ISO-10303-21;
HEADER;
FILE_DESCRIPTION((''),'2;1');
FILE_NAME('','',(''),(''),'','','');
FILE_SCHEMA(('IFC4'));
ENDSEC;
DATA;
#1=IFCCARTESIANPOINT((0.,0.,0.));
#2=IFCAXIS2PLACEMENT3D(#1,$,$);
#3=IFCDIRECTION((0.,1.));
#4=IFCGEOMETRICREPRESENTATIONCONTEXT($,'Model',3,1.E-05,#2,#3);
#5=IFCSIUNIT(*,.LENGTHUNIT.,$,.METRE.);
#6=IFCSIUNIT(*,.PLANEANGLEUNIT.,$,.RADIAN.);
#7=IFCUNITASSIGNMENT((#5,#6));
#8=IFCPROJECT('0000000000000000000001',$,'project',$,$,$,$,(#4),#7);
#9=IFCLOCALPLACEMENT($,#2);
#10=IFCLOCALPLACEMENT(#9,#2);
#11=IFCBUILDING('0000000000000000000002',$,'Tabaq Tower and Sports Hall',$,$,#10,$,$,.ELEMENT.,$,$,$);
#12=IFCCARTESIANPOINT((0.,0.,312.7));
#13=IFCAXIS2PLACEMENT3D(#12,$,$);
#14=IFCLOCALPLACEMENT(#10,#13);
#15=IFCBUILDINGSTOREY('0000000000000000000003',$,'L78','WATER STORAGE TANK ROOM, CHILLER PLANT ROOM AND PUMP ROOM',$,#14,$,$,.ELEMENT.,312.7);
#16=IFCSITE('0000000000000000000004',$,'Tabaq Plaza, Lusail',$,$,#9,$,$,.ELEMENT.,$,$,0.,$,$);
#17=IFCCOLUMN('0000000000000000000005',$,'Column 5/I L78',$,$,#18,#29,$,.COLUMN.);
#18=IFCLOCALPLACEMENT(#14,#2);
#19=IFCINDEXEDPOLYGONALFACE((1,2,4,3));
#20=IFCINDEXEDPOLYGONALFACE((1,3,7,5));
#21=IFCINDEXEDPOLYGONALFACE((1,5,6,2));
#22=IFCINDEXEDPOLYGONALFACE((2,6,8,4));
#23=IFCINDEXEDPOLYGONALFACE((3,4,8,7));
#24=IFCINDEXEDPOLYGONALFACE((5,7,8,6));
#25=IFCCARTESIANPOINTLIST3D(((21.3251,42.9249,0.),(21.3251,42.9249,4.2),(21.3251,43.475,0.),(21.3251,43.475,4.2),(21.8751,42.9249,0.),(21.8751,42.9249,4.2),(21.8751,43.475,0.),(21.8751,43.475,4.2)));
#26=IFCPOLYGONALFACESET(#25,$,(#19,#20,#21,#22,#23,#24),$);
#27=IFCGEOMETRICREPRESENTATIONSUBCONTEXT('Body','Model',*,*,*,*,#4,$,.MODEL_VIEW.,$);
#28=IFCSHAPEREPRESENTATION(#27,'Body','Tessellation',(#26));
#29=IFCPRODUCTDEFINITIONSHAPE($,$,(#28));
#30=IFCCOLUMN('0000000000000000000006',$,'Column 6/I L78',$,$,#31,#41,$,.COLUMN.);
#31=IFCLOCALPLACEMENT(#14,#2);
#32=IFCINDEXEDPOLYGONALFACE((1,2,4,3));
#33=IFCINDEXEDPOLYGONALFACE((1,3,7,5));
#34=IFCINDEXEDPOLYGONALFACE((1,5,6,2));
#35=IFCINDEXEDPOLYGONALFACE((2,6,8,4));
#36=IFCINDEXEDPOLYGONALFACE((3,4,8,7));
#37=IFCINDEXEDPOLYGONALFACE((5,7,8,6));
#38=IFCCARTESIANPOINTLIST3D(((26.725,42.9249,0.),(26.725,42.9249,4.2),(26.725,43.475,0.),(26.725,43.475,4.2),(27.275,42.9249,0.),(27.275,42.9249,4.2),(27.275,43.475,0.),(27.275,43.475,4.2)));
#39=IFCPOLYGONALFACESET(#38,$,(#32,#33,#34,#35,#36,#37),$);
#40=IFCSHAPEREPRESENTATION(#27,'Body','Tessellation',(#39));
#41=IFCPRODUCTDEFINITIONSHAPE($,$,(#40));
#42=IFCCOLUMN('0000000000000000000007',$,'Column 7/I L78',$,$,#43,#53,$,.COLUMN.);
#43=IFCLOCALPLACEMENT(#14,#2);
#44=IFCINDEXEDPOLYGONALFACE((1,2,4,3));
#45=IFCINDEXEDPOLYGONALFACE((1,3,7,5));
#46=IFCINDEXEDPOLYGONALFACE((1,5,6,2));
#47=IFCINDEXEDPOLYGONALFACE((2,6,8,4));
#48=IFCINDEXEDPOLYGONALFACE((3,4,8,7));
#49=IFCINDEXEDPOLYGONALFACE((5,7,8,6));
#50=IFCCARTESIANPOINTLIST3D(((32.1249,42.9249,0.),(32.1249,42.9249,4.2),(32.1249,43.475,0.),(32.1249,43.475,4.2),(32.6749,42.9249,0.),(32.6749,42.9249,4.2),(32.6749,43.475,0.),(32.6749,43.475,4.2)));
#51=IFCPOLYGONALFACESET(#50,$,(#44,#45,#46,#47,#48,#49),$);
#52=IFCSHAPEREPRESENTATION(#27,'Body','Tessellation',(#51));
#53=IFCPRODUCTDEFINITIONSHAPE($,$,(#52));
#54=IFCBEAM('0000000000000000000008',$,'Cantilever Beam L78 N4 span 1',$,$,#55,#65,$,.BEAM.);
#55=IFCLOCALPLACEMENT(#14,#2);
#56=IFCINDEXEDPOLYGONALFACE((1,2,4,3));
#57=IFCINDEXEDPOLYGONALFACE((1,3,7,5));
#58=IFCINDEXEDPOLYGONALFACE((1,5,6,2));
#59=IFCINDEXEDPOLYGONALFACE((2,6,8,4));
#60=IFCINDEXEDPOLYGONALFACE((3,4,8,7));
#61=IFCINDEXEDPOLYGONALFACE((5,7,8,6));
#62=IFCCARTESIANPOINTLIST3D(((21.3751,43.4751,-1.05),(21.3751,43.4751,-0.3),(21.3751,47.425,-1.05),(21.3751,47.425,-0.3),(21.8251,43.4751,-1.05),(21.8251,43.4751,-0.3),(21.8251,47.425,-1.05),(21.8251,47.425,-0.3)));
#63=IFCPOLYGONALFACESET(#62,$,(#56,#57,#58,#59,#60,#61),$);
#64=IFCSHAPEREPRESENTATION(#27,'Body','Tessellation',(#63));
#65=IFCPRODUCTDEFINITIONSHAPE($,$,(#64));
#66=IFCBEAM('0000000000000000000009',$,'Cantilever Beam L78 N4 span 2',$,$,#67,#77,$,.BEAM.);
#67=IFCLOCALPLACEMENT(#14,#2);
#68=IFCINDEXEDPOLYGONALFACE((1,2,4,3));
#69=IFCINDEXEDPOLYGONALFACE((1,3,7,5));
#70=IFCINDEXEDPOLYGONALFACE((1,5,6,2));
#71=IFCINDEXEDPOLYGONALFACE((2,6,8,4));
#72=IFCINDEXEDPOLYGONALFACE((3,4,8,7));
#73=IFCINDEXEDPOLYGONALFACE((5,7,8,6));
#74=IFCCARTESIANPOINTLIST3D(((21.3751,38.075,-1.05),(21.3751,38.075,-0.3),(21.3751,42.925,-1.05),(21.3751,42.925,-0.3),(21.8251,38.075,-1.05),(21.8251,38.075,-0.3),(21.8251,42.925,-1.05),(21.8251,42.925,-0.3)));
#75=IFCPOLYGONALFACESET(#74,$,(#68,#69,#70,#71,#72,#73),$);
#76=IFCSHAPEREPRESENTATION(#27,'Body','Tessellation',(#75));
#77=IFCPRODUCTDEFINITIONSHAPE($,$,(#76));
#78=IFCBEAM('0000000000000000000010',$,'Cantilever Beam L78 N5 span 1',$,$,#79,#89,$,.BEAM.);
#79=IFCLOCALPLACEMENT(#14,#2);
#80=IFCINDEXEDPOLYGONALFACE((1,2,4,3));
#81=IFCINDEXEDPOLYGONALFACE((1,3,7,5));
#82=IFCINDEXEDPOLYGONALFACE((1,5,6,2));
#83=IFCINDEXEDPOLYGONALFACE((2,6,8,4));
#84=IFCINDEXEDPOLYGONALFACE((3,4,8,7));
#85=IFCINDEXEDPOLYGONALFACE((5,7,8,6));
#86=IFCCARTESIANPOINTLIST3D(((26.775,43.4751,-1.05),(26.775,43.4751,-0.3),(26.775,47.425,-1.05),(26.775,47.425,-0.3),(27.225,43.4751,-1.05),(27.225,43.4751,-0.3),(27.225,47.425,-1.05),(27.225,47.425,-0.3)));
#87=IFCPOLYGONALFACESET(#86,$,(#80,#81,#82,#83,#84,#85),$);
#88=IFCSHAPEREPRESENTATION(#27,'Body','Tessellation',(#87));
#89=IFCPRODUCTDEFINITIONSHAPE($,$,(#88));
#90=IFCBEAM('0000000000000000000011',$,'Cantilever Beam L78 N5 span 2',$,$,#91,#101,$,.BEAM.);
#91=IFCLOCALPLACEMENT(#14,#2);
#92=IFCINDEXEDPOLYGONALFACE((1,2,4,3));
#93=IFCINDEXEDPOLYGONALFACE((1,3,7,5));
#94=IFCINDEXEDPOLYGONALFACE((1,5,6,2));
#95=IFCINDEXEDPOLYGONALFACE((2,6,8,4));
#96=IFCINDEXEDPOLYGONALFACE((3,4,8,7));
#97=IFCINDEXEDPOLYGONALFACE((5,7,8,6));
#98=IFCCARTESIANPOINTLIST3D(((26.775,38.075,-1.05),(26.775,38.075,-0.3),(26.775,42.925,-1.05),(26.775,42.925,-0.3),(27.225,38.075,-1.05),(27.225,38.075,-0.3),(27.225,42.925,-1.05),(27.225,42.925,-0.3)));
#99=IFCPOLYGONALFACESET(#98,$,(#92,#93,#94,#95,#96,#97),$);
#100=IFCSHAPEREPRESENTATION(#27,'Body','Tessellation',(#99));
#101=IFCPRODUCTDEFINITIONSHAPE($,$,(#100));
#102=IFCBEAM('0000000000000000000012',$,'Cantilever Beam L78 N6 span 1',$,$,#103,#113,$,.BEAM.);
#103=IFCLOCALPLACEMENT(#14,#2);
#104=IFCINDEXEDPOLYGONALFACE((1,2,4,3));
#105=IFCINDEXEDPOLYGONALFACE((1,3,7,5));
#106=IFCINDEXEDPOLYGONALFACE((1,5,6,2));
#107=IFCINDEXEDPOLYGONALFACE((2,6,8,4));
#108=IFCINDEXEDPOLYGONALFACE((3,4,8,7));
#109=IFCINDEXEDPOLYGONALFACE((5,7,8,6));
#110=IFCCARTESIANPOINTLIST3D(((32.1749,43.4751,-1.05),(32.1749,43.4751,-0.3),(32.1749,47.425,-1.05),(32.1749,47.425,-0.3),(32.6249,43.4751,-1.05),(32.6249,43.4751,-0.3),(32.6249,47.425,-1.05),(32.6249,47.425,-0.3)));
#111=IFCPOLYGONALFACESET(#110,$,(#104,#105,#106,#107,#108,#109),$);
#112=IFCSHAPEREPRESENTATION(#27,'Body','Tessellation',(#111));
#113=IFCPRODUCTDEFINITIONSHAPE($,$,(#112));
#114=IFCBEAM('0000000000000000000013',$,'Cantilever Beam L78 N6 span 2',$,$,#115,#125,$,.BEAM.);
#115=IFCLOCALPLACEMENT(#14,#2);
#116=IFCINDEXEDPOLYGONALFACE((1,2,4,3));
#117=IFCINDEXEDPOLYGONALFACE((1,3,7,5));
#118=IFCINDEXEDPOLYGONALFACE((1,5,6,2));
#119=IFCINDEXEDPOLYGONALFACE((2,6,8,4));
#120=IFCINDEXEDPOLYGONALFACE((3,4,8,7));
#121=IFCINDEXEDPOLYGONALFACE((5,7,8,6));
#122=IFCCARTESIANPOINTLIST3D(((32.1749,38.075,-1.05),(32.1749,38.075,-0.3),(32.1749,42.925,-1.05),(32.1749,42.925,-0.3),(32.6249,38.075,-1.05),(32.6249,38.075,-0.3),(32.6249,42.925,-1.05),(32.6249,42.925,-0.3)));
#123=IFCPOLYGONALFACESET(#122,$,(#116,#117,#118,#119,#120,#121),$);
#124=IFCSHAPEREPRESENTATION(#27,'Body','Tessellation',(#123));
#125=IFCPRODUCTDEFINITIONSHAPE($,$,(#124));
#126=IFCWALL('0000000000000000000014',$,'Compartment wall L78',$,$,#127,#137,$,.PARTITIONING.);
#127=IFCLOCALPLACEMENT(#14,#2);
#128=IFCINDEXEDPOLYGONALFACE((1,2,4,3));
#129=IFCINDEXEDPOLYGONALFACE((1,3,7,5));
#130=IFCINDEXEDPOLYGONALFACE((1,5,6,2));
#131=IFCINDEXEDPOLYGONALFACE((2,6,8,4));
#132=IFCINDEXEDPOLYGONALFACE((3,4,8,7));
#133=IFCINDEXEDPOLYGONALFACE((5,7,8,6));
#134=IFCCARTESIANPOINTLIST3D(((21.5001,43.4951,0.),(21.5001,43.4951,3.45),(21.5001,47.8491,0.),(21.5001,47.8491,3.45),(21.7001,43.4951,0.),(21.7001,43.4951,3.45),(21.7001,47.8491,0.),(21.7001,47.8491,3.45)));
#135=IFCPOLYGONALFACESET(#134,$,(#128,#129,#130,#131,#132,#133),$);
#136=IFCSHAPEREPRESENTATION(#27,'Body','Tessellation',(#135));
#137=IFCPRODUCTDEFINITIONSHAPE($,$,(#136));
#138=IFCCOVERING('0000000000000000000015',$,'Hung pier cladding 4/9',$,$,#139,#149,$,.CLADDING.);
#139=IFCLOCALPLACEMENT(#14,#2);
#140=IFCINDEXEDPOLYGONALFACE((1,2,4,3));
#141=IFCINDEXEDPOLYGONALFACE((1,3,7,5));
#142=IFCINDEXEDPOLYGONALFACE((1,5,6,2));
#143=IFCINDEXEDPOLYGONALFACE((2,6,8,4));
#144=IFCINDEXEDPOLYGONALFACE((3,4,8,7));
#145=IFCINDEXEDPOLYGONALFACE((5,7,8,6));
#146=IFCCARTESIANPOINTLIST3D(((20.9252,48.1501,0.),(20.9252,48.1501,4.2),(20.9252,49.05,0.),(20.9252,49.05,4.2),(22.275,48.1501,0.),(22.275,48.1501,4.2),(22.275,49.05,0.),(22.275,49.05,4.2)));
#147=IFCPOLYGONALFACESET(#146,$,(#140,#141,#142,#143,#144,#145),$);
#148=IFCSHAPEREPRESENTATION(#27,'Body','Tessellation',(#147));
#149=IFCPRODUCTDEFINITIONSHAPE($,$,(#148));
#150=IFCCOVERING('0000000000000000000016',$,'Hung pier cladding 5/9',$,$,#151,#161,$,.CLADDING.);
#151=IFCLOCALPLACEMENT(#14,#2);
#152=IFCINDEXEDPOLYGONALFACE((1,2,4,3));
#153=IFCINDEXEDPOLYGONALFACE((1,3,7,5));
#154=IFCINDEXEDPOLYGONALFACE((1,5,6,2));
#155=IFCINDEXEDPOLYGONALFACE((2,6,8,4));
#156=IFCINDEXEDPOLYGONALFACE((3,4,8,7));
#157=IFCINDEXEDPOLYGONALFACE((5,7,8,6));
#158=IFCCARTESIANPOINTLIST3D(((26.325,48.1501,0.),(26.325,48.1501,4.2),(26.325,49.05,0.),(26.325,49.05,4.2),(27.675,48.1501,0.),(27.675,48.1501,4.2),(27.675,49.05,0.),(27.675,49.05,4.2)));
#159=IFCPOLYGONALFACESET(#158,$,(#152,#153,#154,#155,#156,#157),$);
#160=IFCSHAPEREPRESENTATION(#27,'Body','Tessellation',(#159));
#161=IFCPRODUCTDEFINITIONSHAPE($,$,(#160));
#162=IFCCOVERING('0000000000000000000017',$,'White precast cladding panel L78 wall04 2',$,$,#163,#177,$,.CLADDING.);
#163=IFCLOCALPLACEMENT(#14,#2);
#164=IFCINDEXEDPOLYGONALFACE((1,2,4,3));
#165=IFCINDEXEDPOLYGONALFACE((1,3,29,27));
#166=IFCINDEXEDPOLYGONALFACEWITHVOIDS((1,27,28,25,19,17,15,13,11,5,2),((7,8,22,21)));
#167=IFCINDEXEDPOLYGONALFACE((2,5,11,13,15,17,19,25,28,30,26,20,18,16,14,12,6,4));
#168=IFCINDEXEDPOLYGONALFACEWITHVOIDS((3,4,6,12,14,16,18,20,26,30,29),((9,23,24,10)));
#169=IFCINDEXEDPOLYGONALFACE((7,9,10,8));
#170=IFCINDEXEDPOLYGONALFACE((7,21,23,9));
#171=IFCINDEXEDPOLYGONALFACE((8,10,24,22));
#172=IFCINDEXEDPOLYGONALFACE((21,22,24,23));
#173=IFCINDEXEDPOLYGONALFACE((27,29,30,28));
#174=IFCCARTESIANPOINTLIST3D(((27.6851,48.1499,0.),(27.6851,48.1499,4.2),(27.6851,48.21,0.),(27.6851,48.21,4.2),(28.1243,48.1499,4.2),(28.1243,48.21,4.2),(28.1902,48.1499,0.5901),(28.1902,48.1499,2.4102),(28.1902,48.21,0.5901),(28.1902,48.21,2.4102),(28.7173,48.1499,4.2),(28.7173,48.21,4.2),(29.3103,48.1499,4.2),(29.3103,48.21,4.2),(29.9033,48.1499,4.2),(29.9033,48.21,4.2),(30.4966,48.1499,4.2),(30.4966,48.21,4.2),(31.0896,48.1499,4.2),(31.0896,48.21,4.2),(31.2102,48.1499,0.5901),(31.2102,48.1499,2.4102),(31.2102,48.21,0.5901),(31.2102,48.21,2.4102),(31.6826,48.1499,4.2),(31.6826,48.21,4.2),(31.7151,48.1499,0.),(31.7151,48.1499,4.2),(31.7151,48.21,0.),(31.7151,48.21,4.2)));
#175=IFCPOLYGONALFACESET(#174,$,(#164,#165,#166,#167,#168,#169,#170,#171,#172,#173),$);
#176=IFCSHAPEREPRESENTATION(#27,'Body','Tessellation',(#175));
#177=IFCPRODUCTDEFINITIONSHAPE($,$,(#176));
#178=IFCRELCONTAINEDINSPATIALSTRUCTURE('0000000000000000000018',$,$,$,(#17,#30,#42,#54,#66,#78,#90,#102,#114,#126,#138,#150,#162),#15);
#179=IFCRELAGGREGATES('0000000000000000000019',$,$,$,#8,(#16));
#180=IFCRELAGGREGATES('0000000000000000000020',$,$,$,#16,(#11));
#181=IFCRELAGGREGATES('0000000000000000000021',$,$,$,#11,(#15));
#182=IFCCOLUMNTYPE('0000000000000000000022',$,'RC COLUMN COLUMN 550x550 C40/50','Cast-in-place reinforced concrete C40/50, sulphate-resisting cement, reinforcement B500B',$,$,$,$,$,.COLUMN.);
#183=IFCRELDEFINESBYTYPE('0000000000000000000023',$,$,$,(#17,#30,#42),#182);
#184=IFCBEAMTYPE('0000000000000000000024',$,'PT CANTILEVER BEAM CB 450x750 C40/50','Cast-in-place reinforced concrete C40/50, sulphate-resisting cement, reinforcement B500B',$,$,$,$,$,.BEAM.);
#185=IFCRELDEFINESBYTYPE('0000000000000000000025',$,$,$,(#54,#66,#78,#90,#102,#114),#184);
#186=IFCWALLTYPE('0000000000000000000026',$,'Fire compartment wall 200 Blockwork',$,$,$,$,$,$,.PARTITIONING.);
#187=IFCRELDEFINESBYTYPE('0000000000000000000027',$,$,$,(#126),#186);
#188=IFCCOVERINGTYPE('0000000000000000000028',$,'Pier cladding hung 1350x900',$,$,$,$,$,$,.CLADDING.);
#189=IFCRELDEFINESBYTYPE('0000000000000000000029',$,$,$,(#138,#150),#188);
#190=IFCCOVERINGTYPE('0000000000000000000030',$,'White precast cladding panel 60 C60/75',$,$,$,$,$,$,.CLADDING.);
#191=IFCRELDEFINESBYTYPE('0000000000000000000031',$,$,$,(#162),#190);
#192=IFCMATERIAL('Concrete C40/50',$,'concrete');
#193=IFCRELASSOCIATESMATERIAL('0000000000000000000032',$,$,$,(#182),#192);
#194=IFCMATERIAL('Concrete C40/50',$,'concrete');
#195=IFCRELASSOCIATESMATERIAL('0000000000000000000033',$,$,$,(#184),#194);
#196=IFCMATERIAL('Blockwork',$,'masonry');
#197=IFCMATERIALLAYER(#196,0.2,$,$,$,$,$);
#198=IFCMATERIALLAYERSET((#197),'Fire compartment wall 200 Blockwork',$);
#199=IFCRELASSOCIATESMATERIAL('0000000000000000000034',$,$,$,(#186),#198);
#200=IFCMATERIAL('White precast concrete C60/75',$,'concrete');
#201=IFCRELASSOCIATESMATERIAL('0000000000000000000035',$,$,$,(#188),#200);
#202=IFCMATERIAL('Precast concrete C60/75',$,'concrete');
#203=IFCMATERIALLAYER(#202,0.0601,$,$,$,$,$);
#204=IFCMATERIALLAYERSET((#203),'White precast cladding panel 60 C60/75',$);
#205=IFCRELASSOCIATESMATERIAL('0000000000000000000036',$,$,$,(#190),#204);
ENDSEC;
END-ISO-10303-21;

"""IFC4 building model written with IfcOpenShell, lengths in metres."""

from ifc_helpers import new_model, si_unit, direction, frame, frame_2d, origin, origin_2d, place, context, subcontext, project, spatial, polyline, rectangle, outline, extrude, material, layer, layer_set, material_profile, profile_set, type_object, element, save


model = new_model("IFC4")

# Units and contexts
model_context = context("Model", 3, precision=1e-05, world=origin(), true_north=direction((0.0, 1.0)))
body_context = subcontext(model_context, "Body", "Model", "MODEL_VIEW")
ifc_project = project(units=[si_unit("LENGTHUNIT", "METRE"), si_unit("PLANEANGLEUNIT", "RADIAN")], contexts=[model_context])

# Site, building, storey
site_placement = place(None, origin())
site = spatial("IfcSite", under=ifc_project, at=site_placement, Name="Tabaq Plaza, Lusail", CompositionType="ELEMENT", RefElevation=0.0)
building_placement = place(site_placement, origin())
building = spatial("IfcBuilding", under=site, at=building_placement, Name="Tabaq Tower and Sports Hall", CompositionType="ELEMENT")
storey_placement = place(building_placement, frame((0.0, 0.0, 312.7)))
storey = spatial("IfcBuildingStorey", under=building, at=storey_placement, Name="L78", Description="WATER STORAGE TANK ROOM, CHILLER PLANT ROOM AND PUMP ROOM", CompositionType="ELEMENT", Elevation=312.7)

# Columns
ifc_material_1 = material(Name="Concrete C40/50", Category="concrete")
ifc_material_profile_1 = material_profile(ifc_material_1, rectangle(XDim=0.55, YDim=0.55, at=origin_2d()), Name="COLUMN 550x550")
ifc_profile_set_1 = profile_set([ifc_material_profile_1], Name="Concrete C40/50")
column_type = type_object("IfcColumnType", Name="RC COLUMN COLUMN 550x550 C40/50", Description="Cast-in-place reinforced concrete C40/50, sulphate-resisting cement, reinforcement B500B", PredefinedType="COLUMN", material=ifc_profile_set_1)
for number, where, z_axis, x_axis, name in (
    (1, (21.6001, 43.2, 0.0), (0.0, 0.0, 1.0), (1.0, 0.0, 0.0), "Column 5/I L78"),
    (2, (27.0, 43.2, 0.0), (0.0, 0.0, 1.0), (1.0, 0.0, 0.0), "Column 6/I L78"),
    (3, (32.3999, 43.2, 0.0), (0.0, 0.0, 1.0), (1.0, 0.0, 0.0), "Column 7/I L78"),
):
    element("IfcColumn", number, at=place(storey_placement, frame(where, z_axis=z_axis, x_axis=x_axis)), inside=storey, type_object=column_type, Name=name, PredefinedType="COLUMN", context=body_context, shape_type="SweptSolid", body=[
        extrude(rectangle(XDim=0.55, YDim=0.55, at=origin_2d()), origin(), (0.0, 0.0, 1.0), 4.2),
    ])

# Beams
ifc_material_2 = material(Name="Concrete C40/50", Category="concrete")
ifc_material_profile_2 = material_profile(ifc_material_2, rectangle(XDim=0.45, YDim=0.75, at=origin_2d()), Name="CB 450x750")
ifc_profile_set_2 = profile_set([ifc_material_profile_2], Name="Concrete C40/50")
beam_type = type_object("IfcBeamType", Name="PT CANTILEVER BEAM CB 450x750 C40/50", Description="Cast-in-place reinforced concrete C40/50, sulphate-resisting cement, reinforcement B500B", PredefinedType="BEAM", material=ifc_profile_set_2)
beam_1_placement = place(storey_placement, frame((21.6001, 47.425, -0.675), z_axis=(0.0, -1.0, 0.0), x_axis=(1.0, 0.0, 0.0)))
element("IfcBeam", 4, at=beam_1_placement, inside=storey, type_object=beam_type, Name="Cantilever Beam L78 N4 span 1", PredefinedType="BEAM", context=body_context, shape_type="SweptSolid", body=[
    extrude(rectangle(XDim=0.45, YDim=0.75, at=origin_2d()), origin(), (0.0, 0.0, 1.0), 3.95),
])
beam_2_placement = place(storey_placement, frame((21.6001, 42.925, -0.675), z_axis=(0.0, -1.0, 0.0), x_axis=(1.0, 0.0, 0.0)))
element("IfcBeam", 5, at=beam_2_placement, inside=storey, type_object=beam_type, Name="Cantilever Beam L78 N4 span 2", PredefinedType="BEAM", context=body_context, shape_type="SweptSolid", body=[
    extrude(rectangle(XDim=0.45, YDim=0.75, at=origin_2d()), origin(), (0.0, 0.0, 1.0), 4.8501),
])
beam_3_placement = place(storey_placement, frame((27.0, 47.425, -0.675), z_axis=(0.0, -1.0, 0.0), x_axis=(1.0, 0.0, 0.0)))
element("IfcBeam", 6, at=beam_3_placement, inside=storey, type_object=beam_type, Name="Cantilever Beam L78 N5 span 1", PredefinedType="BEAM", context=body_context, shape_type="SweptSolid", body=[
    extrude(rectangle(XDim=0.45, YDim=0.75, at=origin_2d()), origin(), (0.0, 0.0, 1.0), 3.95),
])
beam_4_placement = place(storey_placement, frame((27.0, 42.925, -0.675), z_axis=(0.0, -1.0, 0.0), x_axis=(1.0, 0.0, 0.0)))
element("IfcBeam", 7, at=beam_4_placement, inside=storey, type_object=beam_type, Name="Cantilever Beam L78 N5 span 2", PredefinedType="BEAM", context=body_context, shape_type="SweptSolid", body=[
    extrude(rectangle(XDim=0.45, YDim=0.75, at=origin_2d()), origin(), (0.0, 0.0, 1.0), 4.8501),
])
beam_5_placement = place(storey_placement, frame((32.3999, 47.425, -0.675), z_axis=(0.0, -1.0, 0.0), x_axis=(1.0, 0.0, 0.0)))
element("IfcBeam", 8, at=beam_5_placement, inside=storey, type_object=beam_type, Name="Cantilever Beam L78 N6 span 1", PredefinedType="BEAM", context=body_context, shape_type="SweptSolid", body=[
    extrude(rectangle(XDim=0.45, YDim=0.75, at=origin_2d()), origin(), (0.0, 0.0, 1.0), 3.95),
])
beam_6_placement = place(storey_placement, frame((32.3999, 42.925, -0.675), z_axis=(0.0, -1.0, 0.0), x_axis=(1.0, 0.0, 0.0)))
element("IfcBeam", 9, at=beam_6_placement, inside=storey, type_object=beam_type, Name="Cantilever Beam L78 N6 span 2", PredefinedType="BEAM", context=body_context, shape_type="SweptSolid", body=[
    extrude(rectangle(XDim=0.45, YDim=0.75, at=origin_2d()), origin(), (0.0, 0.0, 1.0), 4.8501),
])

# Wall
ifc_material_3 = material(Name="Blockwork", Category="masonry")
ifc_layer_1 = layer(ifc_material_3, 0.2)
ifc_layer_set_1 = layer_set([ifc_layer_1], Name="Fire compartment wall 200 Blockwork")
wall_type = type_object("IfcWallType", Name="Fire compartment wall 200 Blockwork", PredefinedType="PARTITIONING", material=ifc_layer_set_1)
wall_placement = place(storey_placement, frame((21.6001, 47.8491, 0.0), z_axis=(0.0, 0.0, 1.0), x_axis=(0.0, -1.0, 0.0)))
element("IfcWall", 10, at=wall_placement, inside=storey, type_object=wall_type, Name="Compartment wall L78", PredefinedType="PARTITIONING", context=body_context, shape_type="SweptSolid", body=[
    extrude(rectangle(XDim=4.354, YDim=0.2, at=frame_2d((2.177, 0.0))), origin(), (0.0, 0.0, 1.0), 3.45),
])

# Coverings
ifc_material_4 = material(Name="White precast concrete C60/75", Category="concrete")
covering_type_1 = type_object("IfcCoveringType", Name="Pier cladding hung 1350x900", PredefinedType="CLADDING", material=ifc_material_4)
covering_1_placement = place(storey_placement, frame((22.2749, 48.6001, 0.0), z_axis=(0.0, 0.0, 1.0), x_axis=(-1.0, 0.0, 0.0)))
element("IfcCovering", 11, at=covering_1_placement, inside=storey, type_object=covering_type_1, Name="Hung pier cladding 4/9", PredefinedType="CLADDING", context=body_context, shape_type="SweptSolid", body=[
    extrude(rectangle(XDim=1.3499, YDim=0.8999, at=frame_2d((0.6748, 0.0))), origin(), (0.0, 0.0, 1.0), 4.2),
])
covering_2_placement = place(storey_placement, frame((27.675, 48.6001, 0.0), z_axis=(0.0, 0.0, 1.0), x_axis=(-1.0, 0.0, 0.0)))
element("IfcCovering", 12, at=covering_2_placement, inside=storey, type_object=covering_type_1, Name="Hung pier cladding 5/9", PredefinedType="CLADDING", context=body_context, shape_type="SweptSolid", body=[
    extrude(rectangle(XDim=1.3501, YDim=0.8999, at=frame_2d((0.675, 0.0))), origin(), (0.0, 0.0, 1.0), 4.2),
])
ifc_material_5 = material(Name="Precast concrete C60/75", Category="concrete")
ifc_layer_2 = layer(ifc_material_5, 0.0601)
ifc_layer_set_2 = layer_set([ifc_layer_2], Name="White precast cladding panel 60 C60/75")
covering_type_2 = type_object("IfcCoveringType", Name="White precast cladding panel 60 C60/75", PredefinedType="CLADDING", material=ifc_layer_set_2)
covering_3_placement = place(storey_placement, frame((31.7151, 48.1799, 0.0), z_axis=(0.0, 0.0, 1.0), x_axis=(-1.0, 0.0, 0.0)))
element("IfcCovering", 13, at=covering_3_placement, inside=storey, type_object=covering_type_2, Name="White precast cladding panel L78 wall04 2", PredefinedType="CLADDING", context=body_context, shape_type="SweptSolid", body=[
    extrude(outline(polyline([(0.0, 0.0), (4.03, 0.0), (4.03, 4.2), (3.5908, 4.2), (2.9978, 4.2), (2.4048, 4.2), (1.8118, 4.2), (1.2185, 4.2), (0.6255, 4.2), (0.0325, 4.2), (0.0, 4.2), (0.0, 0.0)]), holes=[polyline([(0.5049, 0.5901), (0.5049, 2.4102), (3.5249, 2.4102), (3.5249, 0.5901), (0.5049, 0.5901)])]), frame((0.0, 0.03, 0.0), z_axis=(0.0, -1.0, 0.0), x_axis=(1.0, 0.0, 0.0)), (0.0, 0.0, 1.0), 0.0601),
])

save(model, "model.ifc")
